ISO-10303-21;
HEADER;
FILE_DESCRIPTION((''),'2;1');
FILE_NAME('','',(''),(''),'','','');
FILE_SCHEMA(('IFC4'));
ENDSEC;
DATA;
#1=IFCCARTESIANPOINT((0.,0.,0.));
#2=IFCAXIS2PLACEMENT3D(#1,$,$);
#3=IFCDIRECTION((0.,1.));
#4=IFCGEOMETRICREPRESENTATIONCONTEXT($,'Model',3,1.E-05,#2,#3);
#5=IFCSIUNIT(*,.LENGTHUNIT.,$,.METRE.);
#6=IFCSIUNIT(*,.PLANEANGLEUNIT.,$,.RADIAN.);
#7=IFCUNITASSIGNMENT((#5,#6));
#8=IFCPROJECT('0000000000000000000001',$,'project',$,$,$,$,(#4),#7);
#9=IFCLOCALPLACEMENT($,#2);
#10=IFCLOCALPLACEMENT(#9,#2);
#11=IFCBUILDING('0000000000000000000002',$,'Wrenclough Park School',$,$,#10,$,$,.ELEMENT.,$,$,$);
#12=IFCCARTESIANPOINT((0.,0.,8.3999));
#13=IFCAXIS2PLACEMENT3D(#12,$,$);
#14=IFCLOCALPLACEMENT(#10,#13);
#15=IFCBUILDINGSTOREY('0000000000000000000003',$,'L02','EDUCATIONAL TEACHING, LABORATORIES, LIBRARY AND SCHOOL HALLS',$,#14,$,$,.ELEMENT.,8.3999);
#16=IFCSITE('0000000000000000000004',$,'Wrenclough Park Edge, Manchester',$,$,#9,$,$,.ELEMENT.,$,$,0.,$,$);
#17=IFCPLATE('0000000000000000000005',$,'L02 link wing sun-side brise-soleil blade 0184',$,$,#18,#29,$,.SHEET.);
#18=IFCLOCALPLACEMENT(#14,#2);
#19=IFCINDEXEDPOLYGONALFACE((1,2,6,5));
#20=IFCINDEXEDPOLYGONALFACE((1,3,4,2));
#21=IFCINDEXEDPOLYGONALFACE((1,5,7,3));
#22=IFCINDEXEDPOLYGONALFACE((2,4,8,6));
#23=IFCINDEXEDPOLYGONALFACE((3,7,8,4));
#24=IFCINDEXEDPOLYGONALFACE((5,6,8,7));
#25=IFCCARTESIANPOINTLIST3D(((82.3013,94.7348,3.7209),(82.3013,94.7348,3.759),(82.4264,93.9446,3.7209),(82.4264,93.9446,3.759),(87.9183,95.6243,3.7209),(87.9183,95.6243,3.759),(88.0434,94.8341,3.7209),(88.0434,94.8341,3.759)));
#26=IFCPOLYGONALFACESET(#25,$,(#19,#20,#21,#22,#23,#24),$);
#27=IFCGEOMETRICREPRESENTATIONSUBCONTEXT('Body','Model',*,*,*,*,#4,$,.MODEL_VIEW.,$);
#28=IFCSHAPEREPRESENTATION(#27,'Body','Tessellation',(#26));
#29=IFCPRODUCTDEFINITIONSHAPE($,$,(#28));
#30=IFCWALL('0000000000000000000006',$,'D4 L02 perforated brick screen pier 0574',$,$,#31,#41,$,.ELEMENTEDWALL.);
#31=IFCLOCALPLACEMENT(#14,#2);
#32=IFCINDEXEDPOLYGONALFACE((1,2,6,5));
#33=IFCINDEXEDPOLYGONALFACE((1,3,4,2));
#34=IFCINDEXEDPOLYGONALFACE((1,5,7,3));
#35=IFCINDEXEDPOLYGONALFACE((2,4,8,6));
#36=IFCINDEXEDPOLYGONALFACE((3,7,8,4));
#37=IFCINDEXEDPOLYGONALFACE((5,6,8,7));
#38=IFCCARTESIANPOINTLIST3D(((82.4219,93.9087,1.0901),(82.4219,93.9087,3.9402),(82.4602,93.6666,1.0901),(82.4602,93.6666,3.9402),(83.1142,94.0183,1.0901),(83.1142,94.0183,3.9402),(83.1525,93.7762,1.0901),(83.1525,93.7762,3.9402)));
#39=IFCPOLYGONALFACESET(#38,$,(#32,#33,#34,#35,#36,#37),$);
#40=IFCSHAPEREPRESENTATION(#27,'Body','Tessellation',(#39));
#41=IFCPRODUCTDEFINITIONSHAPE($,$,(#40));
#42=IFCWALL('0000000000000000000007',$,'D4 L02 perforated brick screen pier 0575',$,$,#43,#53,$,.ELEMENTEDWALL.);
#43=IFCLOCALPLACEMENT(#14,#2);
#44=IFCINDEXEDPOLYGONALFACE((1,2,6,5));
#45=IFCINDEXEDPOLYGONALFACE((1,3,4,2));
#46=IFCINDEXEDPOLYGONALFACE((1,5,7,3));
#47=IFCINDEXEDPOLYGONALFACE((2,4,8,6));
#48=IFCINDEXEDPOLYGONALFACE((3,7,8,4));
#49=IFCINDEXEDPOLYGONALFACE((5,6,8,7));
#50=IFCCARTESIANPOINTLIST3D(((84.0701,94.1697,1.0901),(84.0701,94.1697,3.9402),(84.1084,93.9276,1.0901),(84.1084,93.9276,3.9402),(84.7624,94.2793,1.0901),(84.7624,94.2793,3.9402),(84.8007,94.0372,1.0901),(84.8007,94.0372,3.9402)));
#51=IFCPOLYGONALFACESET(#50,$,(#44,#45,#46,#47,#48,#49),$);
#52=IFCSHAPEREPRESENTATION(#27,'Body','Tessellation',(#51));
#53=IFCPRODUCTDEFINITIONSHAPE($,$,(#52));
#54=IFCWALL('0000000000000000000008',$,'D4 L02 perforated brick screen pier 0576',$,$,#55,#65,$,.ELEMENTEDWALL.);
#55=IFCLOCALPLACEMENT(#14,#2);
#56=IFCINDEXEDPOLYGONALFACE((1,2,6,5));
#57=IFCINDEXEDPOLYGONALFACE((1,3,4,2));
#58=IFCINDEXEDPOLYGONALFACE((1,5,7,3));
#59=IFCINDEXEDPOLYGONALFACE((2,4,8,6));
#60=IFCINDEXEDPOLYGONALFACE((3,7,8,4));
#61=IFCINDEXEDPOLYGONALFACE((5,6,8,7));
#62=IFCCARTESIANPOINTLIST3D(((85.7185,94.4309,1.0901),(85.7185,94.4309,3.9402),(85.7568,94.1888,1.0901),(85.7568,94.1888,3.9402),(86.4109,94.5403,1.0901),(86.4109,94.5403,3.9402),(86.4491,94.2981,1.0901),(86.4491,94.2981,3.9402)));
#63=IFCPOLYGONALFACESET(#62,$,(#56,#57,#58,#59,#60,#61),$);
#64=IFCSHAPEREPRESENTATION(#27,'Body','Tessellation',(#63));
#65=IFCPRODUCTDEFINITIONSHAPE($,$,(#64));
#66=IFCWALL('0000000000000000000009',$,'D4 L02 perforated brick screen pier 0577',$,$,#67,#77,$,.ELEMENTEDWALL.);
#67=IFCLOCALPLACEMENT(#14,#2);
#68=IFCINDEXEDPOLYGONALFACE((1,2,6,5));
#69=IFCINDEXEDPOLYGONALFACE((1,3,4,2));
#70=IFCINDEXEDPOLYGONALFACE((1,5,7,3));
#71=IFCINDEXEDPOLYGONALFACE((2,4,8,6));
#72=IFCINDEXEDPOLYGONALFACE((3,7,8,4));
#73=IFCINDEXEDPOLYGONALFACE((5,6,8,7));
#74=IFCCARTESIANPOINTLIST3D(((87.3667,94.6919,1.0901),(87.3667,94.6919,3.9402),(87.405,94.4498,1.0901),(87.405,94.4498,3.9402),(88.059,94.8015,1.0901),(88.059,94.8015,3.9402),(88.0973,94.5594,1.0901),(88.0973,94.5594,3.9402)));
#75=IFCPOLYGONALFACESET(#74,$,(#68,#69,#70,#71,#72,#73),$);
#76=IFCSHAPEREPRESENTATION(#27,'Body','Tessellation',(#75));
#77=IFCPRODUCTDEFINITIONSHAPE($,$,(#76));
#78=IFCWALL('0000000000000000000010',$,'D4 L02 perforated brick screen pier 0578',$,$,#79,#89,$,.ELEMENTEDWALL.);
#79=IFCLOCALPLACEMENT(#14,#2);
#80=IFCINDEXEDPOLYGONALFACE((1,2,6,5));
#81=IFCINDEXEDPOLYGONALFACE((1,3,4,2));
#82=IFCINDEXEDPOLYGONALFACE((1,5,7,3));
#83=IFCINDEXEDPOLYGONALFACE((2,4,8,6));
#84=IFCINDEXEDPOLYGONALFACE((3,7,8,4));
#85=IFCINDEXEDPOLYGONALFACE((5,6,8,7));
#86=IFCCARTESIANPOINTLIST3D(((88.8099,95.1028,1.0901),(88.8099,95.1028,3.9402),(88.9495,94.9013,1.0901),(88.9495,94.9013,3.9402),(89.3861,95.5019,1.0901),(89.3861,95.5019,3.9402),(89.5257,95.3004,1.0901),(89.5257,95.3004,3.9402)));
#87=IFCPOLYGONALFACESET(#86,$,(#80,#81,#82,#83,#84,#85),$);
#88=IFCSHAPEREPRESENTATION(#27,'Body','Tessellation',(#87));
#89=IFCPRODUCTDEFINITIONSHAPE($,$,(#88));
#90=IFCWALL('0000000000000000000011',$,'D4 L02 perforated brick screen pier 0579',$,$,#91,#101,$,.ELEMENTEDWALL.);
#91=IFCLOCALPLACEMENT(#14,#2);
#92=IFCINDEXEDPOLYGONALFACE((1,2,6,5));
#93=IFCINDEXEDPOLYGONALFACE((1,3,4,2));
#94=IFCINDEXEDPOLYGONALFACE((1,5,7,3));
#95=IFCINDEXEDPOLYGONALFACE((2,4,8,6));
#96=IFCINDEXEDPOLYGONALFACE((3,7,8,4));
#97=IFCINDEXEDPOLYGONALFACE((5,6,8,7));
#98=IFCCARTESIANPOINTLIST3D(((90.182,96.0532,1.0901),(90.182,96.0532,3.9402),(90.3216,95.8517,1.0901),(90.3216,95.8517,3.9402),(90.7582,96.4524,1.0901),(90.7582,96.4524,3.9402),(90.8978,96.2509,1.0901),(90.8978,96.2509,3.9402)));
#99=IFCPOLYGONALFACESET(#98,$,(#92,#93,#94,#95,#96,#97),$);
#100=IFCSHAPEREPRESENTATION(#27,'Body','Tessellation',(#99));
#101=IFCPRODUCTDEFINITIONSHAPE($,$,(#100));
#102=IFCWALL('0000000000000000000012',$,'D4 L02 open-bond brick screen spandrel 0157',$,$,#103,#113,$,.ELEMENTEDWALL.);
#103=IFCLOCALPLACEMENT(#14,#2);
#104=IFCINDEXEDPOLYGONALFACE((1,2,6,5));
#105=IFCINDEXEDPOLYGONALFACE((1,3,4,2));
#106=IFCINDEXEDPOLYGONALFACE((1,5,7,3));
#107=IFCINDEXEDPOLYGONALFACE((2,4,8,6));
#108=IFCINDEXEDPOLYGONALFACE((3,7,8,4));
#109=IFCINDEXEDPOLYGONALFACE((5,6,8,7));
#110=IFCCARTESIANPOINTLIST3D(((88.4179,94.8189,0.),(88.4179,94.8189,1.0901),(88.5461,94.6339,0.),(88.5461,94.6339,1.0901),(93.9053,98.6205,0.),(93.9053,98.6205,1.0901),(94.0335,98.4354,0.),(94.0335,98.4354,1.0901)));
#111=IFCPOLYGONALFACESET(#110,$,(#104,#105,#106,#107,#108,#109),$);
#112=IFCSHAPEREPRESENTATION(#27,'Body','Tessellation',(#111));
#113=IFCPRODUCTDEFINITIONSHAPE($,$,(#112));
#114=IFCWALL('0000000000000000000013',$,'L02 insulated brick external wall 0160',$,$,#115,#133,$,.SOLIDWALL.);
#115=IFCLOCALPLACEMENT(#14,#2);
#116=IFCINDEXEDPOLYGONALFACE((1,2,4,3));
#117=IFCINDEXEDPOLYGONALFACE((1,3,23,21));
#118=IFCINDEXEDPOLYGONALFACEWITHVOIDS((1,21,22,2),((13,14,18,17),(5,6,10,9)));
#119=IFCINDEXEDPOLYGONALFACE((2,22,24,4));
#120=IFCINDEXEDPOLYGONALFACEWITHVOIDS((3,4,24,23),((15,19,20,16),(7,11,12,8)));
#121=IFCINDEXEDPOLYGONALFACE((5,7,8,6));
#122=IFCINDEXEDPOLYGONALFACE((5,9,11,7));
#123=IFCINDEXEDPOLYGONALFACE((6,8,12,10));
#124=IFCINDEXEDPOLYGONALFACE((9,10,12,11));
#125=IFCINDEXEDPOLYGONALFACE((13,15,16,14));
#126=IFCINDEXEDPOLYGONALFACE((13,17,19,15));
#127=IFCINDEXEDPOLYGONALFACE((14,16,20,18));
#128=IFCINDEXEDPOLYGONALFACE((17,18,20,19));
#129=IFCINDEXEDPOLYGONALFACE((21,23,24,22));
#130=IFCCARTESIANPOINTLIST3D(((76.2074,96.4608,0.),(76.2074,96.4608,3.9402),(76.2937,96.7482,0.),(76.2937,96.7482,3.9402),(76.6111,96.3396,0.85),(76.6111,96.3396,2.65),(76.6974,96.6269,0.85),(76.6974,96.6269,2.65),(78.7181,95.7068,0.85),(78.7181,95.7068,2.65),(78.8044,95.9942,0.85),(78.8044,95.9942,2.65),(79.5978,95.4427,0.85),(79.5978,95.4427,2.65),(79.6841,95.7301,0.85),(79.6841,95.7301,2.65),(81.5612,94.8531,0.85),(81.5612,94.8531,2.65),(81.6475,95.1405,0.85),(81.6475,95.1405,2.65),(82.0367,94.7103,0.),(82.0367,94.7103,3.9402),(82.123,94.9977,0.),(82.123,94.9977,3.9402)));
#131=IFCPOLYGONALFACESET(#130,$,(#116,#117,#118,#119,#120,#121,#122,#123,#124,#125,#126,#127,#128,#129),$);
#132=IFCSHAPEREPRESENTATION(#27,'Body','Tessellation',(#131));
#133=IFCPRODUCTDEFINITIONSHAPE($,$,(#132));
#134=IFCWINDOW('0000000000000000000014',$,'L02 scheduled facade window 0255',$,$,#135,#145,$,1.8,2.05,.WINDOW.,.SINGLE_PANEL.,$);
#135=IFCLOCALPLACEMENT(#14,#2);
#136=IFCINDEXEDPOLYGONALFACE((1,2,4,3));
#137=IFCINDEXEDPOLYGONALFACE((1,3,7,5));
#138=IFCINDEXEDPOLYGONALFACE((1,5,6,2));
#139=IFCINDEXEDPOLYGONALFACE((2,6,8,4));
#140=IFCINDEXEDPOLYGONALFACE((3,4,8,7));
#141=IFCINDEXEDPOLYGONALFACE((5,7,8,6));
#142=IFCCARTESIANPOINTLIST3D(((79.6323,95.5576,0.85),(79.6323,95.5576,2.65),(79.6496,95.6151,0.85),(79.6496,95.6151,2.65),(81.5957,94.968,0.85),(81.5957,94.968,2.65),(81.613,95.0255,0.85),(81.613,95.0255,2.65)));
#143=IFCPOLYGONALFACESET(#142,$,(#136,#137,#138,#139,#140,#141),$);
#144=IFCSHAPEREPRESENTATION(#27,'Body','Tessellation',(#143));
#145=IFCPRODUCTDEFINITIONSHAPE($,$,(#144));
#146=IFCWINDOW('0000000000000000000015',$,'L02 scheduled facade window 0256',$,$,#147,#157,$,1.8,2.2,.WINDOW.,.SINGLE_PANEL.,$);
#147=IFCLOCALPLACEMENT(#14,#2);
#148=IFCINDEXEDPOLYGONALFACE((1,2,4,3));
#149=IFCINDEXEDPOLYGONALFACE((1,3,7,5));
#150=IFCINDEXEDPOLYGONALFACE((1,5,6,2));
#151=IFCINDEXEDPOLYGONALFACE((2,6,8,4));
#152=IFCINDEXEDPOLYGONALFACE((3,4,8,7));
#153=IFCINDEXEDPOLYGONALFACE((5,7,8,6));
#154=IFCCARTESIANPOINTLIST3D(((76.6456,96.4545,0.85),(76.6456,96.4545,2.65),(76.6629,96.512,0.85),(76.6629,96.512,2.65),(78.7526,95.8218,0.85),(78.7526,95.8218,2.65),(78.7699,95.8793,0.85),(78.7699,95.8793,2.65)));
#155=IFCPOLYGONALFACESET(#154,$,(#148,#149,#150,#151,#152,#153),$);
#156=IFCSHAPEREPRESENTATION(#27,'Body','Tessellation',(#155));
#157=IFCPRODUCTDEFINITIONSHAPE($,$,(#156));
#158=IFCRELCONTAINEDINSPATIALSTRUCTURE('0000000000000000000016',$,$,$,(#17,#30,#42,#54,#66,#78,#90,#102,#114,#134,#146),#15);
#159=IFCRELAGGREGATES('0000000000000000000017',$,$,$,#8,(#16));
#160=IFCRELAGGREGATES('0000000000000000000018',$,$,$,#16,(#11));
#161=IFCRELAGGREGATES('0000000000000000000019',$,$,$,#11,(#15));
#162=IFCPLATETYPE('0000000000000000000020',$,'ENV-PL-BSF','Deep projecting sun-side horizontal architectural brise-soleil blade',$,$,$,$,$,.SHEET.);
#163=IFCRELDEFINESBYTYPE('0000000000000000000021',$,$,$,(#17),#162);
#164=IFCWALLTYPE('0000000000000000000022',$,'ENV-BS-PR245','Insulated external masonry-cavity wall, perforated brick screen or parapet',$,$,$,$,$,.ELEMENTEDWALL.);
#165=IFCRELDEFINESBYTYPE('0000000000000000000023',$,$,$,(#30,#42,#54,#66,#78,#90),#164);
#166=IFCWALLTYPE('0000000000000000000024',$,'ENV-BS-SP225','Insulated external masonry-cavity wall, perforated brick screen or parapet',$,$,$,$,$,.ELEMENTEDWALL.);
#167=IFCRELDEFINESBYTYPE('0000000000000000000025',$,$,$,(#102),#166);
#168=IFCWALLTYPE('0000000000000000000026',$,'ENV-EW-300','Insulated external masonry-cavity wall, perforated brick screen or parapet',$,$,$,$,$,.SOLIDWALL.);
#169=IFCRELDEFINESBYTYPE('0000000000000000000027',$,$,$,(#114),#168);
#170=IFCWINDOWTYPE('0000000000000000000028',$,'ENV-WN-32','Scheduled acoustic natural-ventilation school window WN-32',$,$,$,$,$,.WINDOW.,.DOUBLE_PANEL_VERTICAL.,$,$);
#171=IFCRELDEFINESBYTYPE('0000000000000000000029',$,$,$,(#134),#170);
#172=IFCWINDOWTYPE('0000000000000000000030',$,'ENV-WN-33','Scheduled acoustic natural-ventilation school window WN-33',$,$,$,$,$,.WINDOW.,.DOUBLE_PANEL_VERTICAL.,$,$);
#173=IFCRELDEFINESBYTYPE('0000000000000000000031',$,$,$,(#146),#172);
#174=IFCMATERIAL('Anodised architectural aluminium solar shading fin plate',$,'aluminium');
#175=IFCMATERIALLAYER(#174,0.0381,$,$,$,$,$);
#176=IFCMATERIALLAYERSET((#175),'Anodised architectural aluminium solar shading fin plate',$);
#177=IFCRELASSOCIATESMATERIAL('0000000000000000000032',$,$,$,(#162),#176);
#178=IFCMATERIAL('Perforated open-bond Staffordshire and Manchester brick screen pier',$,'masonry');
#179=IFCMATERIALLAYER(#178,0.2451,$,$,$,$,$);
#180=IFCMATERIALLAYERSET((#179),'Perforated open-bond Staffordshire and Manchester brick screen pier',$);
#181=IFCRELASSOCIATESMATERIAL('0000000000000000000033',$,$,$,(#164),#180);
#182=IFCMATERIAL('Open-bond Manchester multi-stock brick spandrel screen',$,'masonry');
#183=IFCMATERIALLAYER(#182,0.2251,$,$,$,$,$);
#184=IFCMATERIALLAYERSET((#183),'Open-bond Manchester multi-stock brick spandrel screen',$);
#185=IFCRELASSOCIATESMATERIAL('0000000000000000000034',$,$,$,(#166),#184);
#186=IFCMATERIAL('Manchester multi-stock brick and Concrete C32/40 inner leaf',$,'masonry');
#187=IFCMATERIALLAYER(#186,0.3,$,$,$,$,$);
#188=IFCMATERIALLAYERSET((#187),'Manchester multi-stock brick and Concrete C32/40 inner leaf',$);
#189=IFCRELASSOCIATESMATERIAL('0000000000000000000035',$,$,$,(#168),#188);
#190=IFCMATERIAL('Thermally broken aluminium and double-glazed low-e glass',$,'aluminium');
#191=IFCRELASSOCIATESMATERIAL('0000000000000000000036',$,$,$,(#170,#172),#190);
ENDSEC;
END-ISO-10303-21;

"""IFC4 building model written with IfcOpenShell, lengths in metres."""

from ifc_helpers import new_model, si_unit, direction, frame, frame_2d, origin, origin_2d, place, context, subcontext, project, spatial, rectangle, extrude, material, layer, layer_set, type_object, element, fill, save


model = new_model("IFC4")

# Units and contexts
model_context = context("Model", 3, precision=1e-05, world=origin(), true_north=direction((0.0, 1.0)))
body_context = subcontext(model_context, "Body", "Model", "MODEL_VIEW")
ifc_project = project(units=[si_unit("LENGTHUNIT", "METRE"), si_unit("PLANEANGLEUNIT", "RADIAN")], contexts=[model_context])

# Site, building, storey
site_placement = place(None, origin())
site = spatial("IfcSite", under=ifc_project, at=site_placement, Name="Wrenclough Park Edge, Manchester", CompositionType="ELEMENT", RefElevation=0.0)
building_placement = place(site_placement, origin())
building = spatial("IfcBuilding", under=site, at=building_placement, Name="Wrenclough Park School", CompositionType="ELEMENT")
storey_placement = place(building_placement, frame((0.0, 0.0, 8.3999)))
storey = spatial("IfcBuildingStorey", under=building, at=storey_placement, Name="L02", Description="EDUCATIONAL TEACHING, LABORATORIES, LIBRARY AND SCHOOL HALLS", CompositionType="ELEMENT", Elevation=8.3999)

# Plate
ifc_material_1 = material(Name="Anodised architectural aluminium solar shading fin plate", Category="aluminium")
ifc_layer_1 = layer(ifc_material_1, 0.0381)
ifc_layer_set_1 = layer_set([ifc_layer_1], Name="Anodised architectural aluminium solar shading fin plate")
plate_type = type_object("IfcPlateType", Name="ENV-PL-BSF", Description="Deep projecting sun-side horizontal architectural brise-soleil blade", PredefinedType="SHEET", material=ifc_layer_set_1)
plate_1_placement = place(storey_placement, frame((85.1724, 94.7844, 3.7209), z_axis=(0.0, 0.0, 1.0), x_axis=(-0.987691, -0.156415, 0.0)))
element("IfcPlate", 1, at=plate_1_placement, inside=storey, type_object=plate_type, Name="L02 link wing sun-side brise-soleil blade 0184", PredefinedType="SHEET", context=body_context, shape_type="SweptSolid", body=[
    extrude(rectangle(XDim=5.687, YDim=0.8, at=origin_2d()), origin(), (0.0, 0.0, 1.0), 0.0381),
])

# Walls
ifc_material_2 = material(Name="Perforated open-bond Staffordshire and Manchester brick screen pier", Category="masonry")
ifc_layer_2 = layer(ifc_material_2, 0.2451)
ifc_layer_set_2 = layer_set([ifc_layer_2], Name="Perforated open-bond Staffordshire and Manchester brick screen pier")
wall_type_1 = type_object("IfcWallType", Name="ENV-BS-PR245", Description="Insulated external masonry-cavity wall, perforated brick screen or parapet", PredefinedType="ELEMENTEDWALL", material=ifc_layer_set_2)
for number, where, z_axis, x_axis, name in (
    (2, (82.4409, 93.7876, 1.0901), (0.0, 0.0, 1.0), (0.987698, 0.156374, 0.0), "D4 L02 perforated brick screen pier 0574"),
    (3, (84.0891, 94.0486, 1.0901), (0.0, 0.0, 1.0), (0.987698, 0.156374, 0.0), "D4 L02 perforated brick screen pier 0575"),
    (4, (85.7375, 94.3098, 1.0901), (0.0, 0.0, 1.0), (0.987752, 0.156034, 0.0), "D4 L02 perforated brick screen pier 0576"),
    (5, (87.3857, 94.5708, 1.0901), (0.0, 0.0, 1.0), (0.987698, 0.156374, 0.0), "D4 L02 perforated brick screen pier 0577"),
    (6, (88.8796, 95.002, 1.0901), (0.0, 0.0, 1.0), (0.822004, 0.569482, 0.0), "D4 L02 perforated brick screen pier 0578"),
    (7, (90.2517, 95.9524, 1.0901), (0.0, 0.0, 1.0), (0.822004, 0.569482, 0.0), "D4 L02 perforated brick screen pier 0579"),
):
    element("IfcWall", number, at=place(storey_placement, frame(where, z_axis=z_axis, x_axis=x_axis)), inside=storey, type_object=wall_type_1, Name=name, PredefinedType="ELEMENTEDWALL", context=body_context, shape_type="SweptSolid", body=[
        extrude(rectangle(XDim=0.7009, YDim=0.2451, at=frame_2d((0.3506, 0.0))), origin(), (0.0, 0.0, 1.0), 2.8501),
    ])
ifc_material_3 = material(Name="Open-bond Manchester multi-stock brick spandrel screen", Category="masonry")
ifc_layer_3 = layer(ifc_material_3, 0.2251)
ifc_layer_set_3 = layer_set([ifc_layer_3], Name="Open-bond Manchester multi-stock brick spandrel screen")
wall_type_2 = type_object("IfcWallType", Name="ENV-BS-SP225", Description="Insulated external masonry-cavity wall, perforated brick screen or parapet", PredefinedType="ELEMENTEDWALL", material=ifc_layer_set_3)
wall_1_placement = place(storey_placement, frame((88.4819, 94.7263, 0.0), z_axis=(0.0, 0.0, 1.0), x_axis=(0.822009, 0.569474, 0.0)))
element("IfcWall", 8, at=wall_1_placement, inside=storey, type_object=wall_type_2, Name="D4 L02 open-bond brick screen spandrel 0157", PredefinedType="ELEMENTEDWALL", context=body_context, shape_type="SweptSolid", body=[
    extrude(rectangle(XDim=6.6755, YDim=0.2251, at=frame_2d((3.3379, 0.0))), origin(), (0.0, 0.0, 1.0), 1.0901),
])

# Wall, openings, windows
ifc_material_4 = material(Name="Manchester multi-stock brick and Concrete C32/40 inner leaf", Category="masonry")
ifc_layer_4 = layer(ifc_material_4, 0.3)
ifc_layer_set_4 = layer_set([ifc_layer_4], Name="Manchester multi-stock brick and Concrete C32/40 inner leaf")
wall_type_3 = type_object("IfcWallType", Name="ENV-EW-300", Description="Insulated external masonry-cavity wall, perforated brick screen or parapet", PredefinedType="SOLIDWALL", material=ifc_layer_set_4)
wall_2_placement = place(storey_placement, frame((82.0798, 94.854, 0.0), z_axis=(0.0, 0.0, 1.0), x_axis=(-0.95775, 0.287602, 0.0)))
wall_2 = element("IfcWall", 9, at=wall_2_placement, inside=storey, type_object=wall_type_3, Name="L02 insulated brick external wall 0160", PredefinedType="SOLIDWALL", context=body_context, shape_type="SweptSolid", body=[
    extrude(rectangle(XDim=6.0864, YDim=0.3, at=frame_2d((3.0432, 0.0))), origin(), (0.0, 0.0, 1.0), 3.9402),
])
opening_1_placement = place(wall_2_placement, frame((0.4966, 0.0, 0.8501)))
opening_1 = element("IfcOpeningElement", 10, at=opening_1_placement, cuts=wall_2, PredefinedType="OPENING", context=body_context, shape_type="SweptSolid", body=[
    extrude(rectangle(XDim=2.05, YDim=1.8, at=frame_2d((1.0249, 0.8999))), frame((0.0, 0.1599, 0.0), z_axis=(0.0, -1.0, 0.0), x_axis=(1.0, 0.0, 0.0)), (0.0, 0.0, 1.0), 0.3201),
])
opening_2_placement = place(wall_2_placement, frame((3.4648, 0.0, 0.8501)))
opening_2 = element("IfcOpeningElement", 11, at=opening_2_placement, cuts=wall_2, PredefinedType="OPENING", context=body_context, shape_type="SweptSolid", body=[
    extrude(rectangle(XDim=2.2, YDim=1.8, at=frame_2d((1.1001, 0.8999))), frame((0.0, 0.1599, 0.0), z_axis=(0.0, -1.0, 0.0), x_axis=(1.0, 0.0, 0.0)), (0.0, 0.0, 1.0), 0.3201),
])
ifc_material_5 = material(Name="Thermally broken aluminium and double-glazed low-e glass", Category="aluminium")
window_type_1 = type_object("IfcWindowType", Name="ENV-WN-32", Description="Scheduled acoustic natural-ventilation school window WN-32", PartitioningType="DOUBLE_PANEL_VERTICAL", PredefinedType="WINDOW", material=ifc_material_5)
window_1_placement = place(opening_1_placement, origin())
window_1 = element("IfcWindow", 12, at=window_1_placement, inside=storey, type_object=window_type_1, Name="L02 scheduled facade window 0255", OverallHeight=1.8, OverallWidth=2.05, PartitioningType="SINGLE_PANEL", PredefinedType="WINDOW", context=body_context, shape_type="SweptSolid", body=[
    extrude(rectangle(XDim=2.05, YDim=1.8, at=frame_2d((1.0249, 0.8999))), frame((0.0, 0.03, 0.0), z_axis=(0.0, -1.0, 0.0), x_axis=(1.0, 0.0, 0.0)), (0.0, 0.0, 1.0), 0.0601),
])
fill(opening_1, window_1)
window_type_2 = type_object("IfcWindowType", Name="ENV-WN-33", Description="Scheduled acoustic natural-ventilation school window WN-33", PartitioningType="DOUBLE_PANEL_VERTICAL", PredefinedType="WINDOW", material=ifc_material_5)
window_2_placement = place(opening_2_placement, origin())
window_2 = element("IfcWindow", 13, at=window_2_placement, inside=storey, type_object=window_type_2, Name="L02 scheduled facade window 0256", OverallHeight=1.8, OverallWidth=2.2, PartitioningType="SINGLE_PANEL", PredefinedType="WINDOW", context=body_context, shape_type="SweptSolid", body=[
    extrude(rectangle(XDim=2.2, YDim=1.8, at=frame_2d((1.1001, 0.8999))), frame((0.0, 0.03, 0.0), z_axis=(0.0, -1.0, 0.0), x_axis=(1.0, 0.0, 0.0)), (0.0, 0.0, 1.0), 0.0601),
])
fill(opening_2, window_2)

save(model, "model.ifc")
